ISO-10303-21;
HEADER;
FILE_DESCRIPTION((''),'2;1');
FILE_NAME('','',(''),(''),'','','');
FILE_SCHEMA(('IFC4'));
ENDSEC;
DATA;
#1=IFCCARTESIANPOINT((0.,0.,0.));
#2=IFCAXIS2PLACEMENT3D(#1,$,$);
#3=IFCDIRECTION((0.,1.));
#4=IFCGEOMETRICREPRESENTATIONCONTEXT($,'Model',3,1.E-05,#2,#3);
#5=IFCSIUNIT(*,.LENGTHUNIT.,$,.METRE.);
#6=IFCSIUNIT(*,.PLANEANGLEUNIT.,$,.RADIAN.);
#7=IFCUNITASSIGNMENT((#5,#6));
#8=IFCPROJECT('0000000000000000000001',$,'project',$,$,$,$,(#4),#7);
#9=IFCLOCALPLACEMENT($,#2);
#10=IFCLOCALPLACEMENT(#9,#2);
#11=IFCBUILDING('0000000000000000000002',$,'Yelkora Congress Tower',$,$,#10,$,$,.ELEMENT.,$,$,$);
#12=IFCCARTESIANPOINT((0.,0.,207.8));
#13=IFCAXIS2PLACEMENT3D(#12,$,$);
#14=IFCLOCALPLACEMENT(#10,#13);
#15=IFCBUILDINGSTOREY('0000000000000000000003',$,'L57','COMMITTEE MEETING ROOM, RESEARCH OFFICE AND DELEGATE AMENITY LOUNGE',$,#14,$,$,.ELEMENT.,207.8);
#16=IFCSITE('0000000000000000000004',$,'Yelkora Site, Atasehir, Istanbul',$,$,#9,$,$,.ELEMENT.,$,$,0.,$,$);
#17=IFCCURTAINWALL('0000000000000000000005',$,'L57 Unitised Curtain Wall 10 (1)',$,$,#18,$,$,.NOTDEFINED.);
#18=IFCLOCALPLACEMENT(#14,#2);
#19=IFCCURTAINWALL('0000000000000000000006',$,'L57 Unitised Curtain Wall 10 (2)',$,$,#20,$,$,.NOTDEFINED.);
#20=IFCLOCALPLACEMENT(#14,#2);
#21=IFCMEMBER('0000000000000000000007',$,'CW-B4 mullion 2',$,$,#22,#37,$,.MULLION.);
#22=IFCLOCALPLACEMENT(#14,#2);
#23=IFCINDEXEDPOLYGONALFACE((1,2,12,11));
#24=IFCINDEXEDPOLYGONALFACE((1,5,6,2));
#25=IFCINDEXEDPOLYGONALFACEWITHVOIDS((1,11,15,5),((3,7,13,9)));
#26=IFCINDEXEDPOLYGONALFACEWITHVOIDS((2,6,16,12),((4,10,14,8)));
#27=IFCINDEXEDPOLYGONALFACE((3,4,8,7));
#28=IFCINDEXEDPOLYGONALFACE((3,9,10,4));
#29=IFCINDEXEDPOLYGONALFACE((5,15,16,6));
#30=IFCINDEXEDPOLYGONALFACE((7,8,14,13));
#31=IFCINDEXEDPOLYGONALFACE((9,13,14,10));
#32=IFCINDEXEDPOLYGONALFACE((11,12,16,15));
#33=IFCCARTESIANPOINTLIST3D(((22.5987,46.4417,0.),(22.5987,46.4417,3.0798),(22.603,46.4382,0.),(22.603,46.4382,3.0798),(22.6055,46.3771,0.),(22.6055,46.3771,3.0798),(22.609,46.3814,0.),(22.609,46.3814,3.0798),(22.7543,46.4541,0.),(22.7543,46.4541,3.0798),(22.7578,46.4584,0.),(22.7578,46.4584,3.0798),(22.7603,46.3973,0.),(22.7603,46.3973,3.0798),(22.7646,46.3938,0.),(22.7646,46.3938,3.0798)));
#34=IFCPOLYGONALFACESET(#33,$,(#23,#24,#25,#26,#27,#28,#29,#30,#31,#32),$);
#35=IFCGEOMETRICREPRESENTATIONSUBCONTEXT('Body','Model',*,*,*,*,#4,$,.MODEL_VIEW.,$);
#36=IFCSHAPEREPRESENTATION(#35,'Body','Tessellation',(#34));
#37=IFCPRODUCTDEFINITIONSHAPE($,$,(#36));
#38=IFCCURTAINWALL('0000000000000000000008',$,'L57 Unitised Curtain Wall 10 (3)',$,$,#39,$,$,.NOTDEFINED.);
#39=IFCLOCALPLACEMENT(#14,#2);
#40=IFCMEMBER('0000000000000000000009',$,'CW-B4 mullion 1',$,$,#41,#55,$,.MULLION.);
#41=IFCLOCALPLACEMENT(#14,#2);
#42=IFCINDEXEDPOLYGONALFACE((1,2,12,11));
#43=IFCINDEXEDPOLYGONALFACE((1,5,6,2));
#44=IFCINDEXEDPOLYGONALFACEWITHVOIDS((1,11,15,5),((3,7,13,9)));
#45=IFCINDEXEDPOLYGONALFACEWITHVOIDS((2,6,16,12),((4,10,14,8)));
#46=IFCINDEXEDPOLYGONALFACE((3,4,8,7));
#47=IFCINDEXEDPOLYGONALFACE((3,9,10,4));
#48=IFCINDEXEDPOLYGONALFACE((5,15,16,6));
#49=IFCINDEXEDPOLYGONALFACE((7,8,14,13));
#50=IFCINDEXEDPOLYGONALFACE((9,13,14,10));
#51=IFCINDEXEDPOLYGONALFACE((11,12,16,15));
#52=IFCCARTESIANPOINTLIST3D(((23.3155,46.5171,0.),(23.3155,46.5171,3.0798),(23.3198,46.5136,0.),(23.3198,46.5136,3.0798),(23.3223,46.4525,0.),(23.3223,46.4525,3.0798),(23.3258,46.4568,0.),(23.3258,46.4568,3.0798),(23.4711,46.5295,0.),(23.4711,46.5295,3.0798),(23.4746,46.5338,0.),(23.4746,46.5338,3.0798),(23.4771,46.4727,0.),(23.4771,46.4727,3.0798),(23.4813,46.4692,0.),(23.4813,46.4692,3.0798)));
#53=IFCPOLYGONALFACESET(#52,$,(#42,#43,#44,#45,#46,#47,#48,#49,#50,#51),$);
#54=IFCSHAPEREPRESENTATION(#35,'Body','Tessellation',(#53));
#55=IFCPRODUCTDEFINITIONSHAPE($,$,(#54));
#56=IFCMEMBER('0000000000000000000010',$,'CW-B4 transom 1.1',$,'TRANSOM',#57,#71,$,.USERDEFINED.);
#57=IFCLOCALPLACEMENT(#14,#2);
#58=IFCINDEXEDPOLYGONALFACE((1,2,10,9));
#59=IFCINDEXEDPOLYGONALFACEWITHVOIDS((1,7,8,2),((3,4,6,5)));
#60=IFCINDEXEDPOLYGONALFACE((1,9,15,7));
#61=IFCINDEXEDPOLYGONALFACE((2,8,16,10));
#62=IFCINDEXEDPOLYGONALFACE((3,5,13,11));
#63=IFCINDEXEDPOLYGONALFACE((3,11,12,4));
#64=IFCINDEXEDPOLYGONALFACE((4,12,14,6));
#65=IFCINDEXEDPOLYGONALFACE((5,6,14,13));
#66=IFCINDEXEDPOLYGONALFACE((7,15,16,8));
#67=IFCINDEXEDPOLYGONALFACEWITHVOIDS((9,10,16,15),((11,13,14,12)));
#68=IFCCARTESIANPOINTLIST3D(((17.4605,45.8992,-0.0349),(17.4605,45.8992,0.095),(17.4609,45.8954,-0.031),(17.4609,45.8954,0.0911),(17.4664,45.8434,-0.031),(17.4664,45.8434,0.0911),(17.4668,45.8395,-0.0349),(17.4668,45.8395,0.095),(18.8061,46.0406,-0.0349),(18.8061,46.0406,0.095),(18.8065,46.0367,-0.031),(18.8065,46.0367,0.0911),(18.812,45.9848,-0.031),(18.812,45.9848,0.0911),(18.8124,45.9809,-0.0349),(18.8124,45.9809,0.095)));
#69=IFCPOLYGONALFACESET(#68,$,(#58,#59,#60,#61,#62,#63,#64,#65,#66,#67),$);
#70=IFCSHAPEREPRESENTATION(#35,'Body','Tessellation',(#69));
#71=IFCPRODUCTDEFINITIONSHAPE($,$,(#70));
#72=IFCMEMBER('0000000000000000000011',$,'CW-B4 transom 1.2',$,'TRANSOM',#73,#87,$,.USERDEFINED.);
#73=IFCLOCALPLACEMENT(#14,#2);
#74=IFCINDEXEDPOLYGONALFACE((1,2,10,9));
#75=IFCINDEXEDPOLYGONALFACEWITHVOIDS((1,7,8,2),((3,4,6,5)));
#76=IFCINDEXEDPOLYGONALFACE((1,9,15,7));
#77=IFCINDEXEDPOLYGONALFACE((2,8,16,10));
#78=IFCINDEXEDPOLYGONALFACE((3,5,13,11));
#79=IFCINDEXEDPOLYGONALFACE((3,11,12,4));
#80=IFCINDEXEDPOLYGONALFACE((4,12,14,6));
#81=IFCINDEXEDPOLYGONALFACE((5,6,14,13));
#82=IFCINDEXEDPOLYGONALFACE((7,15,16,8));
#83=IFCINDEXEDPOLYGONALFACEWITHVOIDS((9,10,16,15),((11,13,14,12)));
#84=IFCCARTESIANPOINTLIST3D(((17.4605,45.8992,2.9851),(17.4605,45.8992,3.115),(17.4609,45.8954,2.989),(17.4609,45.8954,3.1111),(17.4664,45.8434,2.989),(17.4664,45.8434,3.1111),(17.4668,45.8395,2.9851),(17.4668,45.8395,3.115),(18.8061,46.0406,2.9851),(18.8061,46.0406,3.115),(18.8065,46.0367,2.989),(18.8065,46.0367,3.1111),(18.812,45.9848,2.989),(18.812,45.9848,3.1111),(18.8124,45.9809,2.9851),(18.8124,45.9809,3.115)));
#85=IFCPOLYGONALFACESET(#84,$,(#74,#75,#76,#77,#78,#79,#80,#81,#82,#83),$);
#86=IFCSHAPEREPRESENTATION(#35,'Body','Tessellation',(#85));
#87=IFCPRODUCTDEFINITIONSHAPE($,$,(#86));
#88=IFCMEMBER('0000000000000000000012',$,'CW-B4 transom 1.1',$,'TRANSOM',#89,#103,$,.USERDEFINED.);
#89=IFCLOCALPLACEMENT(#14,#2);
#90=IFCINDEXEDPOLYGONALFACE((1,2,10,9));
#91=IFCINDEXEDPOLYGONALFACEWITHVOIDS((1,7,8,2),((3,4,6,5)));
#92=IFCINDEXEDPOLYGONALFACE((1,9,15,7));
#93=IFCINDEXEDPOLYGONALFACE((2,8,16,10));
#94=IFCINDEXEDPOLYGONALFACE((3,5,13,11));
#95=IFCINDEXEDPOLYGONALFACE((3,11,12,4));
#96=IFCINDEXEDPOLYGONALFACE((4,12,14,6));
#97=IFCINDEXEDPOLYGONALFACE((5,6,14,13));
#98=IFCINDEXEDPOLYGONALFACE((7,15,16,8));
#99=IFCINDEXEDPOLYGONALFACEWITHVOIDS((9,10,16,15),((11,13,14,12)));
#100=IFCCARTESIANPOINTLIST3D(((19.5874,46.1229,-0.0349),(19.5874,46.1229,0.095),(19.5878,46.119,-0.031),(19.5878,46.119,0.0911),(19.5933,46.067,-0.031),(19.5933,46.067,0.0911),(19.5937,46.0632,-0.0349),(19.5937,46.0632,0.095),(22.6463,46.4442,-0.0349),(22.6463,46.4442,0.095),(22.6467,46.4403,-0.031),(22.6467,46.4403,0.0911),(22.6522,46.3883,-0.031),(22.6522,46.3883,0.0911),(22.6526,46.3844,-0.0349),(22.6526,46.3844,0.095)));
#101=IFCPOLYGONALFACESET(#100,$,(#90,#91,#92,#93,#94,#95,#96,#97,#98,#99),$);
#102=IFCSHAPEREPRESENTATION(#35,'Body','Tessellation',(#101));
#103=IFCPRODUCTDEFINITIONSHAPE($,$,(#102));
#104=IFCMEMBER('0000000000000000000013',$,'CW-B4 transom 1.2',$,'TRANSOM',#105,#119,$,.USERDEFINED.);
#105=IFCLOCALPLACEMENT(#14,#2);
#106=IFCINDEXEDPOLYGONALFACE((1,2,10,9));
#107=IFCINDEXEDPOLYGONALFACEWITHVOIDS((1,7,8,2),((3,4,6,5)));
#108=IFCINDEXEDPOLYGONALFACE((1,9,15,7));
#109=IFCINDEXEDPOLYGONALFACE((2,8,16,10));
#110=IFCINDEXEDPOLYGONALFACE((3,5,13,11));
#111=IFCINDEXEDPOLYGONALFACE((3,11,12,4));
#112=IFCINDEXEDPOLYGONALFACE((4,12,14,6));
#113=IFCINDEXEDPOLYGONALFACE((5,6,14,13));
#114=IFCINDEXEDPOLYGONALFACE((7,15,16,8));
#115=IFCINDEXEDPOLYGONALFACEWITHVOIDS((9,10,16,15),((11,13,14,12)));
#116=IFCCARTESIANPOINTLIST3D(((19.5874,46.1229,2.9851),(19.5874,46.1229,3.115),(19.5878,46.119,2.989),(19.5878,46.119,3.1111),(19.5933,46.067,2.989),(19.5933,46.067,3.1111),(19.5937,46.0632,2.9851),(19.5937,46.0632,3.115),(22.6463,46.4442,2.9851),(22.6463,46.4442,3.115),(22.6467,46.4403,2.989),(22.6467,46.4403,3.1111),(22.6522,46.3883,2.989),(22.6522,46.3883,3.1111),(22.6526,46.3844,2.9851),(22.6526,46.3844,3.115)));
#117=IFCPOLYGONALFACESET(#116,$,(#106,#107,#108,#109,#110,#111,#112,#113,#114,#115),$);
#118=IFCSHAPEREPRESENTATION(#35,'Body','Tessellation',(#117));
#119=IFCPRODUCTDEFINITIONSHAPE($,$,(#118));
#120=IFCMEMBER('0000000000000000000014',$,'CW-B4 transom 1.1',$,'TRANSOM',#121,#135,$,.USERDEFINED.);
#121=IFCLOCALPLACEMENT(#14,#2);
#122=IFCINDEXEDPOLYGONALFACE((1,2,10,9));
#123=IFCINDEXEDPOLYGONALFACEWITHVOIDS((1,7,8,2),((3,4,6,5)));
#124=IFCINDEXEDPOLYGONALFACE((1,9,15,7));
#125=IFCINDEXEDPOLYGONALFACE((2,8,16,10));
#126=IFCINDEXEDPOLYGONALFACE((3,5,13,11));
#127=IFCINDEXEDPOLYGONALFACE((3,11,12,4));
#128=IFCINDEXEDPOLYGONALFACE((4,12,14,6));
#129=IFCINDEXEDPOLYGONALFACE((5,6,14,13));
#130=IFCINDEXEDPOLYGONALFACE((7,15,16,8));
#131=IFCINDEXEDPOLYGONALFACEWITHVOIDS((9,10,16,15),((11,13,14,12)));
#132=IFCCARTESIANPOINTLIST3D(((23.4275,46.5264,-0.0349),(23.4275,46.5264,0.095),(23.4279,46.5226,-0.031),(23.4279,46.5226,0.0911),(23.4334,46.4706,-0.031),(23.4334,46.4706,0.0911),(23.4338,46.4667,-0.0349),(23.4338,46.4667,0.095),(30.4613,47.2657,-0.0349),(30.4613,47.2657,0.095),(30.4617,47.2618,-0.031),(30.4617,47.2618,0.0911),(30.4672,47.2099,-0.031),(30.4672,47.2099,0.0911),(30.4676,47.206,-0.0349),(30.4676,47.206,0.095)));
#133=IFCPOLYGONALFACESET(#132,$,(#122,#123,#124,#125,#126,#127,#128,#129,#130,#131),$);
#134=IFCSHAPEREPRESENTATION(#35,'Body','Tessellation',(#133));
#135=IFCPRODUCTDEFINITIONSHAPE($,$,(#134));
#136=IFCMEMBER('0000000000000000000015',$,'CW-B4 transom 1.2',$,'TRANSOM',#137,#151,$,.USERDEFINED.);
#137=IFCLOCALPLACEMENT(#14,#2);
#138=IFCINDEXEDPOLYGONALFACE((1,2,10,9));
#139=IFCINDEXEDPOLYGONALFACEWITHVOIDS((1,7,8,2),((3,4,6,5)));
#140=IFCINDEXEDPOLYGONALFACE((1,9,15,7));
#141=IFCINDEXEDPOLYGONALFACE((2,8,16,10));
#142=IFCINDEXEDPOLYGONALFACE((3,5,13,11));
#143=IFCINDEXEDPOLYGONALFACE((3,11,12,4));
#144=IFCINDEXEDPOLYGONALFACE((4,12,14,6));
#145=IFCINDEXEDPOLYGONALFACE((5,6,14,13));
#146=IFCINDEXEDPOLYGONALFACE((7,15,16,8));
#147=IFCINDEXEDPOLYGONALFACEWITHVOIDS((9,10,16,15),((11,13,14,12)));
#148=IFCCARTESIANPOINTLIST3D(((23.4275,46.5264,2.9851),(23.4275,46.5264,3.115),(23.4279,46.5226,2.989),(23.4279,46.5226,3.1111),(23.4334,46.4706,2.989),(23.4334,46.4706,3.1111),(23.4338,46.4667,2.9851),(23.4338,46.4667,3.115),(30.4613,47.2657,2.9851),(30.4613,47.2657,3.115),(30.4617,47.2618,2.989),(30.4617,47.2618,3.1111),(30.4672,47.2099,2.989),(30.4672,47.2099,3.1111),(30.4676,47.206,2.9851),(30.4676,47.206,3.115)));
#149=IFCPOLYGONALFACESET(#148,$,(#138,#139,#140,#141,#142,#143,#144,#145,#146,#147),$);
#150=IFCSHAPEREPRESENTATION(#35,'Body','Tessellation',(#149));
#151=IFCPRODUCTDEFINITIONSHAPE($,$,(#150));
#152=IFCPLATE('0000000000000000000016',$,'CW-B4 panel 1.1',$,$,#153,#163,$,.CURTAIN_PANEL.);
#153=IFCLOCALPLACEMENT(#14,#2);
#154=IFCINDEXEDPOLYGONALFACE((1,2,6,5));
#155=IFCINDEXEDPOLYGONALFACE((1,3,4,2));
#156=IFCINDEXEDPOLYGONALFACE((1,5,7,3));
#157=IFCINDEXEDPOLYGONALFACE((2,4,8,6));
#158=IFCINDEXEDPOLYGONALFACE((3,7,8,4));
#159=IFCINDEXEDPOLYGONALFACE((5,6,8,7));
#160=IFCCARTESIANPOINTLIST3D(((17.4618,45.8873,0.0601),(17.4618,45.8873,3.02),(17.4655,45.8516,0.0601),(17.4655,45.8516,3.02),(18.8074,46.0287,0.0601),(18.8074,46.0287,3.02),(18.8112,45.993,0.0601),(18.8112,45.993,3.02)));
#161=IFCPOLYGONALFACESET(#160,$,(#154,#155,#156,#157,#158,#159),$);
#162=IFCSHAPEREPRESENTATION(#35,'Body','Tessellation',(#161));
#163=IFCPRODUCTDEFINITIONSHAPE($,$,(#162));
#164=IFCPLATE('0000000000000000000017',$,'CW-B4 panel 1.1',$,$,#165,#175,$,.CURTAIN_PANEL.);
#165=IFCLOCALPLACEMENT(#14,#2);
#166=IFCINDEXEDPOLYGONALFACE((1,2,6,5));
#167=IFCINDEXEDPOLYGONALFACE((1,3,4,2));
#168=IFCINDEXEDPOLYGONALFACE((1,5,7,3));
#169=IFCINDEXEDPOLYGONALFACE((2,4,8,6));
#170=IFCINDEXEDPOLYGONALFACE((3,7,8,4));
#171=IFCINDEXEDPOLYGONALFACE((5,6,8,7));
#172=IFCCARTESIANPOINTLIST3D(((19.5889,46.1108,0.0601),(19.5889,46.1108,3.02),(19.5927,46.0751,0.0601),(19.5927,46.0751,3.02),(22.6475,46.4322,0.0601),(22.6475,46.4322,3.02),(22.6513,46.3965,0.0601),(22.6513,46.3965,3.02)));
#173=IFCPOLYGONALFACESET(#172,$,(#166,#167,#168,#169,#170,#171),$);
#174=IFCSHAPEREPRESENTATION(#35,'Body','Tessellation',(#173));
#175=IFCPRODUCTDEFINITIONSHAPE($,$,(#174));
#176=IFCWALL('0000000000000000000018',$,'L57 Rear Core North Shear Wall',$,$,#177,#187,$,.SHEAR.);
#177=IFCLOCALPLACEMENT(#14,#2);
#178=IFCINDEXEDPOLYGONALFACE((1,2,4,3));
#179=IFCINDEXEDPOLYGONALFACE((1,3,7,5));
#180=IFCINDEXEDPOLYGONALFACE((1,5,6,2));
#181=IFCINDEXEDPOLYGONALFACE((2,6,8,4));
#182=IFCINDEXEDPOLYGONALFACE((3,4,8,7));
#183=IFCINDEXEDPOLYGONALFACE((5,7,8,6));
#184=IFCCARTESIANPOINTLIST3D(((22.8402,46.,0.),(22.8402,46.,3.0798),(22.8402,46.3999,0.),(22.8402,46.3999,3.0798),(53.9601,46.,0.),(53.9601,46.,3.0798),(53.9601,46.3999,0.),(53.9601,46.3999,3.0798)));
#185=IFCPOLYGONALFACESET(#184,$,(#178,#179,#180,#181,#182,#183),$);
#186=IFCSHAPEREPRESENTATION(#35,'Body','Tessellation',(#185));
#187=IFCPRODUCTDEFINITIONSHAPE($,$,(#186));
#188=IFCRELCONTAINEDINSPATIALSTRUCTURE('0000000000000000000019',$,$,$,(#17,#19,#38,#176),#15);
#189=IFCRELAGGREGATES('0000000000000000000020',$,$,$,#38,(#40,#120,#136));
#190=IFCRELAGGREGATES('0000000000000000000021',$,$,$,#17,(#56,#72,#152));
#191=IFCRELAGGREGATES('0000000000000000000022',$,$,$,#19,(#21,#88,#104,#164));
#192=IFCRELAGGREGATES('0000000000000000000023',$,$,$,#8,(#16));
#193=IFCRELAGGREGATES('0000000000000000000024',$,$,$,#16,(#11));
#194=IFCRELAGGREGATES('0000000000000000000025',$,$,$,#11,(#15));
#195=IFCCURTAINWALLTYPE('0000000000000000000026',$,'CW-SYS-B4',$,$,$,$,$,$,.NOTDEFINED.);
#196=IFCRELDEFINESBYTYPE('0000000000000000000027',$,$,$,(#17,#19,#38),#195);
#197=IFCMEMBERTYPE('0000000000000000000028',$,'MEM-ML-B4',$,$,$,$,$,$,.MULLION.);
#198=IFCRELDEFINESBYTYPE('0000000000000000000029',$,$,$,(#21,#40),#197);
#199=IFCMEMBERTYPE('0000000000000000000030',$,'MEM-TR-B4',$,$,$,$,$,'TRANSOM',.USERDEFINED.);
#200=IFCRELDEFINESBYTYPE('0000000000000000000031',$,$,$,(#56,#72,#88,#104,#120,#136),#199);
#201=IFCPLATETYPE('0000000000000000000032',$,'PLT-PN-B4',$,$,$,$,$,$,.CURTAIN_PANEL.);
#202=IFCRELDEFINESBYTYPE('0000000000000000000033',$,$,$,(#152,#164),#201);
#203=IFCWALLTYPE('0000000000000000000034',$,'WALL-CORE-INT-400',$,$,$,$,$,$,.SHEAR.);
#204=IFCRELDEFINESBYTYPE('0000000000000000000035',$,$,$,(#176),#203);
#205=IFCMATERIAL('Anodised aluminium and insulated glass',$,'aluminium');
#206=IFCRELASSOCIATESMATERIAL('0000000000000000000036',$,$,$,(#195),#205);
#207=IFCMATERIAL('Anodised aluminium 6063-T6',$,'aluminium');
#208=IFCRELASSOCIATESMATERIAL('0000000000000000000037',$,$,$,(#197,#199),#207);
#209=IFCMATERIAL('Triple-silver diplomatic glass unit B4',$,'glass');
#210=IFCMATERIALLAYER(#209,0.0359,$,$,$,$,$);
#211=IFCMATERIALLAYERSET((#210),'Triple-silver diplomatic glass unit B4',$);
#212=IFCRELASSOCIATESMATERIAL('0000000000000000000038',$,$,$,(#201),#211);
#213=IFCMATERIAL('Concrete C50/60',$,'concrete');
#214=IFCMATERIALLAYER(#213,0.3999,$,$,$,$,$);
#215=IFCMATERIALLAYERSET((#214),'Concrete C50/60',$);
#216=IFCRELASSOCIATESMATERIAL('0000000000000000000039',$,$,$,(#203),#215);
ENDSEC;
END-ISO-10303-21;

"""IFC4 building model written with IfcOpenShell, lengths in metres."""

from ifc_helpers import new_model, si_unit, direction, frame, frame_2d, origin, origin_2d, place, context, subcontext, project, spatial, rectangle, hollow_rectangle, extrude, material, layer, layer_set, material_profile, profile_set, type_object, element, aggregate, save


model = new_model("IFC4")

# Units and contexts
model_context = context("Model", 3, precision=1e-05, world=origin(), true_north=direction((0.0, 1.0)))
body_context = subcontext(model_context, "Body", "Model", "MODEL_VIEW")
ifc_project = project(units=[si_unit("LENGTHUNIT", "METRE"), si_unit("PLANEANGLEUNIT", "RADIAN")], contexts=[model_context])

# Site, building, storey
site_placement = place(None, origin())
site = spatial("IfcSite", under=ifc_project, at=site_placement, Name="Yelkora Site, Atasehir, Istanbul", CompositionType="ELEMENT", RefElevation=0.0)
building_placement = place(site_placement, origin())
building = spatial("IfcBuilding", under=site, at=building_placement, Name="Yelkora Congress Tower", CompositionType="ELEMENT")
storey_placement = place(building_placement, frame((0.0, 0.0, 207.8)))
storey = spatial("IfcBuildingStorey", under=building, at=storey_placement, Name="L57", Description="COMMITTEE MEETING ROOM, RESEARCH OFFICE AND DELEGATE AMENITY LOUNGE", CompositionType="ELEMENT", Elevation=207.8)

# Curtain walls, member
ifc_material_1 = material(Name="Anodised aluminium and insulated glass", Category="aluminium")
curtain_wall_type = type_object("IfcCurtainWallType", Name="CW-SYS-B4", PredefinedType="NOTDEFINED", material=ifc_material_1)
curtain_wall_1_placement = place(storey_placement, origin())
curtain_wall_1 = element("IfcCurtainWall", 1, at=curtain_wall_1_placement, inside=storey, type_object=curtain_wall_type, Name="L57 Unitised Curtain Wall 10 (1)", PredefinedType="NOTDEFINED")
ifc_material_2 = material(Name="Anodised aluminium 6063-T6", Category="aluminium")
ifc_material_profile_1 = material_profile(ifc_material_2, hollow_rectangle(XDim=0.0649, YDim=0.1599, WallThickness=0.0039, at=origin_2d()), Name="ALU 65x160x4")
ifc_profile_set_1 = profile_set([ifc_material_profile_1], Name="Anodised aluminium 6063-T6")
member_type_1 = type_object("IfcMemberType", Name="MEM-ML-B4", PredefinedType="MULLION", material=ifc_profile_set_1)
curtain_wall_2_placement = place(storey_placement, origin())
curtain_wall_2 = element("IfcCurtainWall", 2, at=curtain_wall_2_placement, inside=storey, type_object=curtain_wall_type, Name="L57 Unitised Curtain Wall 10 (2)", PredefinedType="NOTDEFINED")
member_1_placement = place(storey_placement, frame((22.6816, 46.4177, 0.0), z_axis=(0.0, 0.0, 1.0), x_axis=(-0.104506, 0.994524, 0.0)))
member_1 = element("IfcMember", 3, at=member_1_placement, type_object=member_type_1, Name="CW-B4 mullion 2", PredefinedType="MULLION", context=body_context, shape_type="SweptSolid", body=[
    extrude(hollow_rectangle(XDim=0.0649, YDim=0.1599, WallThickness=0.0039, at=origin_2d()), origin(), (0.0, 0.0, 1.0), 3.0798),
])

# Curtain wall, member
curtain_wall_3_placement = place(storey_placement, origin())
curtain_wall_3 = element("IfcCurtainWall", 4, at=curtain_wall_3_placement, inside=storey, type_object=curtain_wall_type, Name="L57 Unitised Curtain Wall 10 (3)", PredefinedType="NOTDEFINED")
member_2_placement = place(storey_placement, frame((23.3984, 46.4932, 0.0), z_axis=(0.0, 0.0, 1.0), x_axis=(-0.104528, 0.994522, 0.0)))
member_2 = element("IfcMember", 5, at=member_2_placement, type_object=member_type_1, Name="CW-B4 mullion 1", PredefinedType="MULLION", context=body_context, shape_type="SweptSolid", body=[
    extrude(hollow_rectangle(XDim=0.0649, YDim=0.1599, WallThickness=0.0039, at=origin_2d()), origin(), (0.0, 0.0, 1.0), 3.0798),
])

# Members
ifc_material_profile_2 = material_profile(ifc_material_2, hollow_rectangle(XDim=0.0601, YDim=0.1299, WallThickness=0.0039, at=origin_2d()), Name="ALU 60x130x4")
ifc_profile_set_2 = profile_set([ifc_material_profile_2], Name="Anodised aluminium 6063-T6")
member_type_2 = type_object("IfcMemberType", Name="MEM-TR-B4", ElementType="TRANSOM", PredefinedType="USERDEFINED", material=ifc_profile_set_2)
member_3_placement = place(storey_placement, frame((17.4636, 45.8694, 0.03), z_axis=(0.994528, 0.104469, 0.0), x_axis=(-0.104469, 0.994528, 0.0)))
member_3 = element("IfcMember", 6, at=member_3_placement, type_object=member_type_2, Name="CW-B4 transom 1.1", ObjectType="TRANSOM", PredefinedType="USERDEFINED", context=body_context, shape_type="SweptSolid", body=[
    extrude(hollow_rectangle(XDim=0.0601, YDim=0.1299, WallThickness=0.0039, at=origin_2d()), origin(), (0.0, 0.0, 1.0), 1.353),
])
member_4_placement = place(storey_placement, frame((17.4636, 45.8694, 3.05), z_axis=(0.994528, 0.104469, 0.0), x_axis=(-0.104469, 0.994528, 0.0)))
member_4 = element("IfcMember", 7, at=member_4_placement, type_object=member_type_2, Name="CW-B4 transom 1.2", ObjectType="TRANSOM", PredefinedType="USERDEFINED", context=body_context, shape_type="SweptSolid", body=[
    extrude(hollow_rectangle(XDim=0.0601, YDim=0.1299, WallThickness=0.0039, at=origin_2d()), origin(), (0.0, 0.0, 1.0), 1.353),
])
member_5_placement = place(storey_placement, frame((19.5906, 46.093, 0.03), z_axis=(0.994529, 0.104462, 0.0), x_axis=(-0.104462, 0.994529, 0.0)))
member_5 = element("IfcMember", 8, at=member_5_placement, type_object=member_type_2, Name="CW-B4 transom 1.1", ObjectType="TRANSOM", PredefinedType="USERDEFINED", context=body_context, shape_type="SweptSolid", body=[
    extrude(hollow_rectangle(XDim=0.0601, YDim=0.1299, WallThickness=0.0039, at=origin_2d()), origin(), (0.0, 0.0, 1.0), 3.0757),
])
member_6_placement = place(storey_placement, frame((19.5906, 46.093, 3.05), z_axis=(0.994529, 0.104462, 0.0), x_axis=(-0.104462, 0.994529, 0.0)))
member_6 = element("IfcMember", 9, at=member_6_placement, type_object=member_type_2, Name="CW-B4 transom 1.2", ObjectType="TRANSOM", PredefinedType="USERDEFINED", context=body_context, shape_type="SweptSolid", body=[
    extrude(hollow_rectangle(XDim=0.0601, YDim=0.1299, WallThickness=0.0039, at=origin_2d()), origin(), (0.0, 0.0, 1.0), 3.0757),
])
member_7_placement = place(storey_placement, frame((23.4307, 46.4966, 0.03), z_axis=(0.994522, 0.104527, 0.0), x_axis=(-0.104527, 0.994522, 0.0)))
member_7 = element("IfcMember", 10, at=member_7_placement, type_object=member_type_2, Name="CW-B4 transom 1.1", ObjectType="TRANSOM", PredefinedType="USERDEFINED", context=body_context, shape_type="SweptSolid", body=[
    extrude(hollow_rectangle(XDim=0.0601, YDim=0.1299, WallThickness=0.0039, at=origin_2d()), origin(), (0.0, 0.0, 1.0), 7.0725),
])
member_8_placement = place(storey_placement, frame((23.4307, 46.4966, 3.05), z_axis=(0.994522, 0.104527, 0.0), x_axis=(-0.104527, 0.994522, 0.0)))
member_8 = element("IfcMember", 11, at=member_8_placement, type_object=member_type_2, Name="CW-B4 transom 1.2", ObjectType="TRANSOM", PredefinedType="USERDEFINED", context=body_context, shape_type="SweptSolid", body=[
    extrude(hollow_rectangle(XDim=0.0601, YDim=0.1299, WallThickness=0.0039, at=origin_2d()), origin(), (0.0, 0.0, 1.0), 7.0725),
])
aggregate(curtain_wall_3, [member_2, member_7, member_8])

# Plates
ifc_material_3 = material(Name="Triple-silver diplomatic glass unit B4", Category="glass")
ifc_layer_1 = layer(ifc_material_3, 0.0359)
ifc_layer_set_1 = layer_set([ifc_layer_1], Name="Triple-silver diplomatic glass unit B4")
plate_type = type_object("IfcPlateType", Name="PLT-PN-B4", PredefinedType="CURTAIN_PANEL", material=ifc_layer_set_1)
plate_1_placement = place(storey_placement, frame((18.1365, 45.9402, 0.0601), z_axis=(0.0, 0.0, 1.0), x_axis=(0.994524, 0.104509, 0.0)))
plate_1 = element("IfcPlate", 12, at=plate_1_placement, type_object=plate_type, Name="CW-B4 panel 1.1", PredefinedType="CURTAIN_PANEL", context=body_context, shape_type="SweptSolid", body=[
    extrude(rectangle(XDim=1.353, YDim=0.0359, at=origin_2d()), origin(), (0.0, 0.0, 1.0), 2.96),
])
aggregate(curtain_wall_1, [member_3, member_4, plate_1])
plate_2_placement = place(storey_placement, frame((21.1201, 46.2537, 0.0601), z_axis=(0.0, 0.0, 1.0), x_axis=(0.994524, 0.104506, 0.0)))
plate_2 = element("IfcPlate", 13, at=plate_2_placement, type_object=plate_type, Name="CW-B4 panel 1.1", PredefinedType="CURTAIN_PANEL", context=body_context, shape_type="SweptSolid", body=[
    extrude(rectangle(XDim=3.0754, YDim=0.0359, at=origin_2d()), origin(), (0.0, 0.0, 1.0), 2.96),
])
aggregate(curtain_wall_2, [member_1, member_5, member_6, plate_2])

# Wall
ifc_material_4 = material(Name="Concrete C50/60", Category="concrete")
ifc_layer_2 = layer(ifc_material_4, 0.3999)
ifc_layer_set_2 = layer_set([ifc_layer_2], Name="Concrete C50/60")
wall_type_1 = type_object("IfcWallType", Name="WALL-CORE-INT-400", PredefinedType="SHEAR", material=ifc_layer_set_2)
wall_1_placement = place(storey_placement, frame((22.8401, 46.2, 0.0), z_axis=(0.0, 0.0, 1.0), x_axis=(1.0, 0.0, 0.0)))
element("IfcWall", 14, at=wall_1_placement, inside=storey, type_object=wall_type_1, Name="L57 Rear Core North Shear Wall", PredefinedType="SHEAR", context=body_context, shape_type="SweptSolid", body=[
    extrude(rectangle(XDim=31.1199, YDim=0.3999, at=frame_2d((15.5601, 0.0))), origin(), (0.0, 0.0, 1.0), 3.0798),
])

save(model, "model.ifc")
